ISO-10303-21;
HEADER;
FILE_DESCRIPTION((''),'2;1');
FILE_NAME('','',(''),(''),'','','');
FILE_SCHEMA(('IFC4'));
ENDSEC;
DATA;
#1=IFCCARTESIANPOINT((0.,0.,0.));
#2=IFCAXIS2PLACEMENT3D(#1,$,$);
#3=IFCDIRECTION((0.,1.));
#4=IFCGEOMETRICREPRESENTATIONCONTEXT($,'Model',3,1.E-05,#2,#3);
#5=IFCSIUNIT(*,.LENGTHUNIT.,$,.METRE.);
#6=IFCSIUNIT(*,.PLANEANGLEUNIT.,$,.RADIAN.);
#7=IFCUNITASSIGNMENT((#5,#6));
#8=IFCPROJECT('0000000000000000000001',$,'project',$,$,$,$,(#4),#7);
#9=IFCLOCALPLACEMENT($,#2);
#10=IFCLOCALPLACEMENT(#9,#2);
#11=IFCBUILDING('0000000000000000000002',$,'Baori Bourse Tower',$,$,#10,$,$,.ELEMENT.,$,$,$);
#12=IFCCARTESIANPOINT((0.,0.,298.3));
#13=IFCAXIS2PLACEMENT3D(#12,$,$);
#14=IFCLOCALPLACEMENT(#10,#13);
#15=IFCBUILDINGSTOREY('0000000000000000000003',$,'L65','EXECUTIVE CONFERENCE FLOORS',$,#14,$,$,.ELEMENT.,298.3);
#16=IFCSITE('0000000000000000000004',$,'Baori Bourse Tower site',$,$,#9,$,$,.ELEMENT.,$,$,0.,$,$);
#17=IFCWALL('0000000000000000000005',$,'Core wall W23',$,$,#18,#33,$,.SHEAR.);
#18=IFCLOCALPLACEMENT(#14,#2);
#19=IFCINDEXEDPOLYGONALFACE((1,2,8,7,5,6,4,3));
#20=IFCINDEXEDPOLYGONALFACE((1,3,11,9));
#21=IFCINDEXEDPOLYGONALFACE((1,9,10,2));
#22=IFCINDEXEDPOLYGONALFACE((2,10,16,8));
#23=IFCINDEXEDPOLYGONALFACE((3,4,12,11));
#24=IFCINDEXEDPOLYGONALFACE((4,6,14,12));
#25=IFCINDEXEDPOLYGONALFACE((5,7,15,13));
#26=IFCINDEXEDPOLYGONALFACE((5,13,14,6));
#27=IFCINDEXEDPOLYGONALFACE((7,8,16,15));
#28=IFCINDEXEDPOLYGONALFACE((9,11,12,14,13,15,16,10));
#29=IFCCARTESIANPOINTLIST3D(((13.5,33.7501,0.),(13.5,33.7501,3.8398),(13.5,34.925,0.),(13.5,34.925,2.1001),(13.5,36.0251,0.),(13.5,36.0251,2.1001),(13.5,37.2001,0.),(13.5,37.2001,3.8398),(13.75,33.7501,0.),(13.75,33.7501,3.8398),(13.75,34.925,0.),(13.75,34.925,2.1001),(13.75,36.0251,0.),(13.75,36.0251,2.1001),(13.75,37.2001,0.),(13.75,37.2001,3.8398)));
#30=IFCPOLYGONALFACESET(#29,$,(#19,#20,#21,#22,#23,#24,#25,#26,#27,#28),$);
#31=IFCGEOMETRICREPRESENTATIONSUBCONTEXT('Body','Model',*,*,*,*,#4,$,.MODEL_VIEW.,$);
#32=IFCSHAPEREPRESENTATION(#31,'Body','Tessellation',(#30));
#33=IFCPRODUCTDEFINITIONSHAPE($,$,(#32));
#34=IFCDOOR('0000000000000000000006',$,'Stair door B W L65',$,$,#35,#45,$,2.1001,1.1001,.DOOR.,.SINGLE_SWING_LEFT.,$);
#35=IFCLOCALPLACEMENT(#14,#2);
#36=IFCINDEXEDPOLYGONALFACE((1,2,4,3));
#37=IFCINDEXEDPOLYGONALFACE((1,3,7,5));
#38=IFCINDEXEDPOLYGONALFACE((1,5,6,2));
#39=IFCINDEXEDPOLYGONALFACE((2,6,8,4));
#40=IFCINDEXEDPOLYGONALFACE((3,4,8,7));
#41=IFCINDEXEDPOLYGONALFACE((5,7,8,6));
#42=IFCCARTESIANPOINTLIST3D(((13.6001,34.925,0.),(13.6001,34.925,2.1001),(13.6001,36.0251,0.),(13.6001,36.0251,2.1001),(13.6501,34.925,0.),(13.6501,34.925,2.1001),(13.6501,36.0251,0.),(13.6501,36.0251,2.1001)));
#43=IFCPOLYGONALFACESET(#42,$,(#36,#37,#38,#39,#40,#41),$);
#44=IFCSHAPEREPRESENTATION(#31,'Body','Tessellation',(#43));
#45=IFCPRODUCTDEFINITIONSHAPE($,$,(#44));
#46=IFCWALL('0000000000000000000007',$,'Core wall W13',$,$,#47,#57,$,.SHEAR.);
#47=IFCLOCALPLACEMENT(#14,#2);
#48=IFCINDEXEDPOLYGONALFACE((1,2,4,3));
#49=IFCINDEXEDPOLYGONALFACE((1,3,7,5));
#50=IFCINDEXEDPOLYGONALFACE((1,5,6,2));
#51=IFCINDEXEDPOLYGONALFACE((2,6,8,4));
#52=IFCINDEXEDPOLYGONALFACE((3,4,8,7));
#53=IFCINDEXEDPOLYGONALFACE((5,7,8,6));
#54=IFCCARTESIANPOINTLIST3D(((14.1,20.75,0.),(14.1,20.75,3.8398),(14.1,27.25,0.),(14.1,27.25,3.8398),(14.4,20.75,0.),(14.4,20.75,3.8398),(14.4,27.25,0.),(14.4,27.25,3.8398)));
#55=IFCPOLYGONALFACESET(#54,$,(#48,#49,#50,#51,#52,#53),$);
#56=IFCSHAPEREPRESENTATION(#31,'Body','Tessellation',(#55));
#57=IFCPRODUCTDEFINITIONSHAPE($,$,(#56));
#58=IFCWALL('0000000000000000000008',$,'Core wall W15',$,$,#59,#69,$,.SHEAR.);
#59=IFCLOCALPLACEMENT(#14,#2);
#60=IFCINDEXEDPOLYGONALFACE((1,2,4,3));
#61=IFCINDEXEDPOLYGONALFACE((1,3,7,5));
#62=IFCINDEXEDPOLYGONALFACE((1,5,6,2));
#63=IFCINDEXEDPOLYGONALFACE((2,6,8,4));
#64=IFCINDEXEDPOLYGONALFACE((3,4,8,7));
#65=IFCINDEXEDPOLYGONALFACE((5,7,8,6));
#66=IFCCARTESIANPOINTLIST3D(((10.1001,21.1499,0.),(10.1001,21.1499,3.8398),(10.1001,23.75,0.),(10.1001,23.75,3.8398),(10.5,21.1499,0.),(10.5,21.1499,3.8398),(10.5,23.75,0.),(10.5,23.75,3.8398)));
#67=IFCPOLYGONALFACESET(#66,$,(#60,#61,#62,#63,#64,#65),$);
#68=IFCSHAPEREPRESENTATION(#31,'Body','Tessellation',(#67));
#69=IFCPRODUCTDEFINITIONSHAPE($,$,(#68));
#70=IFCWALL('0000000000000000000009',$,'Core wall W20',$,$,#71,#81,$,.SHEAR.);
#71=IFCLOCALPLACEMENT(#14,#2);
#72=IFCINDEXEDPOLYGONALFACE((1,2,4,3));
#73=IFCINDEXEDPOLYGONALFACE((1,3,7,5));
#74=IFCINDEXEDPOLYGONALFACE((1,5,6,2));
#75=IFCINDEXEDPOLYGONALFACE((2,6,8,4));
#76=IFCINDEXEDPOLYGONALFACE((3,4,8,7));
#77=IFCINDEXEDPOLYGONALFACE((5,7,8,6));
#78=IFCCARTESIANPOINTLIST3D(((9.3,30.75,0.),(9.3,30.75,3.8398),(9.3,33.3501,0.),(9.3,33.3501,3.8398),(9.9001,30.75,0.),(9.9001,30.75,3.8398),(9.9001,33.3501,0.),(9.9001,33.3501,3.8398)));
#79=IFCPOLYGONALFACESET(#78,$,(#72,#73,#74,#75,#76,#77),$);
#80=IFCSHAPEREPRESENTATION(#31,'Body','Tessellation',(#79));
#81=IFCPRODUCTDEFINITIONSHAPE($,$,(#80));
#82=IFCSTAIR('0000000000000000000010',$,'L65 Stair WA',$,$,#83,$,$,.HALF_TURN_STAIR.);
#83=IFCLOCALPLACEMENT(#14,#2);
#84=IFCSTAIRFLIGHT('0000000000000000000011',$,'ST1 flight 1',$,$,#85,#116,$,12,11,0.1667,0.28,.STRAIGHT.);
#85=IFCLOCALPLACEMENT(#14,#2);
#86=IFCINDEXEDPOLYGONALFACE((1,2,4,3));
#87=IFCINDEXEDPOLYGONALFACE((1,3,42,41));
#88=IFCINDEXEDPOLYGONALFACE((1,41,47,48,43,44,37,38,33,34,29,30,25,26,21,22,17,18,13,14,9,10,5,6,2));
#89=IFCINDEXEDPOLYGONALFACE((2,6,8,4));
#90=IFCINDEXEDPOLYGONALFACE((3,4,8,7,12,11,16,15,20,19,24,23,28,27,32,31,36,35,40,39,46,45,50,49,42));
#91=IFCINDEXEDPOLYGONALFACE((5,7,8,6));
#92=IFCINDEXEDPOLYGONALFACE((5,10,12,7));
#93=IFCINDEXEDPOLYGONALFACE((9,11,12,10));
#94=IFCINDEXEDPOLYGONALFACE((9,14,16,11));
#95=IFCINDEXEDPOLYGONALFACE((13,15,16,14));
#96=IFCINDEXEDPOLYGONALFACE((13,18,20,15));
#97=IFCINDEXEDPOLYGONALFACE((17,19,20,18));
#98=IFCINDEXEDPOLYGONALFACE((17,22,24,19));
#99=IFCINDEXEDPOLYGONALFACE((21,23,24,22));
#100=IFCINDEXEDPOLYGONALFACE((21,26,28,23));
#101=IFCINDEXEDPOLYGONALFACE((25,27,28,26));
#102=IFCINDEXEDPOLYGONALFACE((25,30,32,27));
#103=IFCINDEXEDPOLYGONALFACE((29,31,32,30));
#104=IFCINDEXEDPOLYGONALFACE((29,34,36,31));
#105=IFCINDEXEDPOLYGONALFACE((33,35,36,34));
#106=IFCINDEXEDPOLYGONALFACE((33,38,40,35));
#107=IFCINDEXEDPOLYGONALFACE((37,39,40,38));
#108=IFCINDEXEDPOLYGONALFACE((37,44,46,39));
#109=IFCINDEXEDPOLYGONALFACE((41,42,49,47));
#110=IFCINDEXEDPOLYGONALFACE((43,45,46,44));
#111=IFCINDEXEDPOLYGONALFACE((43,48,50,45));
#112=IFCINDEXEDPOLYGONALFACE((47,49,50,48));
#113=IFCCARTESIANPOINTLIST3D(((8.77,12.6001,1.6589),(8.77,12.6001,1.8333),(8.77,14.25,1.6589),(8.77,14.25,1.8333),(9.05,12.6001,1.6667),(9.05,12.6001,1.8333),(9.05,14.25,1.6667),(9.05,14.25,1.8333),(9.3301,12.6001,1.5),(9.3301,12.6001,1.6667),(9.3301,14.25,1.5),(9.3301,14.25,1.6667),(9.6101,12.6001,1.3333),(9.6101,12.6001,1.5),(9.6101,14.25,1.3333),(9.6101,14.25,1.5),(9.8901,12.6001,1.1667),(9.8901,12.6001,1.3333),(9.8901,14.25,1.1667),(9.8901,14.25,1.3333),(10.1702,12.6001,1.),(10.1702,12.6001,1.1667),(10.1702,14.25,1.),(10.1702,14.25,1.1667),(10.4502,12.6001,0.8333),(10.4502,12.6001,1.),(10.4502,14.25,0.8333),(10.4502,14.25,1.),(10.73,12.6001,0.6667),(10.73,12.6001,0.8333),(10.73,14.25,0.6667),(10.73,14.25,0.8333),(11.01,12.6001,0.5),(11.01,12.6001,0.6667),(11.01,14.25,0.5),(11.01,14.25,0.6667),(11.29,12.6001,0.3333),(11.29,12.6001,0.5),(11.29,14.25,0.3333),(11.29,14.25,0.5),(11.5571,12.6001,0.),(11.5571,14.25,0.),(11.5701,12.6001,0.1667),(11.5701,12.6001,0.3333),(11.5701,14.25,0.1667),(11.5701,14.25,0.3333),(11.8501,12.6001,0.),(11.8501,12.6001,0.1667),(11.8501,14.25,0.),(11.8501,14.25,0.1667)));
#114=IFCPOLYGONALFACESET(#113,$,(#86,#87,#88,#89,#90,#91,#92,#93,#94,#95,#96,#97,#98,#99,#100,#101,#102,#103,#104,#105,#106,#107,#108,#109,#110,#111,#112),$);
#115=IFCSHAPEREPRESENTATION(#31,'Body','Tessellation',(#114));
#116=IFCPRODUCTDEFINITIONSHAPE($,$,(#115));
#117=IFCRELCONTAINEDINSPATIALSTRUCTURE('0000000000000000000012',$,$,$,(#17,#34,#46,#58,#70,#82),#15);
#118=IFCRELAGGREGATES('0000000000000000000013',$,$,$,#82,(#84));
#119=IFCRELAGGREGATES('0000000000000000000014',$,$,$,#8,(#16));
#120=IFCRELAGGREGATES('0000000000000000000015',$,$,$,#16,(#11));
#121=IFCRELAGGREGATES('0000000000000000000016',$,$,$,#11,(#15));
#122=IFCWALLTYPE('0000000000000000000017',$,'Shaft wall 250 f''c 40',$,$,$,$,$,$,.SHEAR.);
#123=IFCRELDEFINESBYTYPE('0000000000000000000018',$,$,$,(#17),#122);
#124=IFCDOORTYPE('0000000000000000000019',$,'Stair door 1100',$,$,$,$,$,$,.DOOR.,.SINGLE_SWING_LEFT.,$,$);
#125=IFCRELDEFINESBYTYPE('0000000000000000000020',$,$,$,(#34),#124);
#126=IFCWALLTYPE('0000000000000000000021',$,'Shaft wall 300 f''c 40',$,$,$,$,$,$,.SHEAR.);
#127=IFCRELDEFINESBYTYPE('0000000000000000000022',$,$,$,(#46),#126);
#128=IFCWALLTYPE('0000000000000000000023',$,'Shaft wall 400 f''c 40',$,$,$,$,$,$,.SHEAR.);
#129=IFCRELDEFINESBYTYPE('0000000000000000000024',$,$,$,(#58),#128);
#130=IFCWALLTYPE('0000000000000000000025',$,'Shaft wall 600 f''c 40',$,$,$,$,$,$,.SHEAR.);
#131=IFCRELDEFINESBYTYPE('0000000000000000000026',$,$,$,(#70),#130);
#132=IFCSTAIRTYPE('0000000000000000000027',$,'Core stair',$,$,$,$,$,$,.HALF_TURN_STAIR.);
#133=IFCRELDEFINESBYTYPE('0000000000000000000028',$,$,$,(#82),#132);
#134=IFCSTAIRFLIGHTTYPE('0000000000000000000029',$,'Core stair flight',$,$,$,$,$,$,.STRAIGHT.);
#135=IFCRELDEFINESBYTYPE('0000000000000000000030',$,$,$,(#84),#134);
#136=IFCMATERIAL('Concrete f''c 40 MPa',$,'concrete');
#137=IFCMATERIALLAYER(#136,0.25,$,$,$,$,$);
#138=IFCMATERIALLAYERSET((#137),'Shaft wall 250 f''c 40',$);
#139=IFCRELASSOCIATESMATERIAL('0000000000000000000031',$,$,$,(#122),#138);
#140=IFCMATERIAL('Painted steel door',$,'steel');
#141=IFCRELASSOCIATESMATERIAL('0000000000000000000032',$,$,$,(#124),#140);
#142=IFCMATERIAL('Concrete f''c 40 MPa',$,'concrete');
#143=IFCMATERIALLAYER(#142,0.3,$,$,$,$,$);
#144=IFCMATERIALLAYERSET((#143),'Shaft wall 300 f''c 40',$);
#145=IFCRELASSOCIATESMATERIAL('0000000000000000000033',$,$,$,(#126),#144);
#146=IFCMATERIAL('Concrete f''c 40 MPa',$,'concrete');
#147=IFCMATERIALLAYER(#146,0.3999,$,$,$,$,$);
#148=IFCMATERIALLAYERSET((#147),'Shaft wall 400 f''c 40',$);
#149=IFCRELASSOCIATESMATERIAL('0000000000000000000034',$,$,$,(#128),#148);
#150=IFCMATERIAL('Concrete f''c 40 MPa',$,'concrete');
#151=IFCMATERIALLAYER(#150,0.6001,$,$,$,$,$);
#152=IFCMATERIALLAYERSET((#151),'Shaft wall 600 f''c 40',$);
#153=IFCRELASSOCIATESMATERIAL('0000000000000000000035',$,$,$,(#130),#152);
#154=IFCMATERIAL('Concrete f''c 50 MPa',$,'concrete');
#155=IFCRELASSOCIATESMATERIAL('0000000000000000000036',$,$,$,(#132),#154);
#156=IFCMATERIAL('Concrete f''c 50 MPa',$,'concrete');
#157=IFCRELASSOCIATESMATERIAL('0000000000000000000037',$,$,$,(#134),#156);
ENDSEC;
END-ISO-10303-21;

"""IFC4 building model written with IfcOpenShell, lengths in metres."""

from ifc_helpers import new_model, si_unit, direction, frame, frame_2d, origin, place, context, subcontext, project, spatial, polyline, rectangle, outline, extrude, material, layer, layer_set, type_object, element, fill, aggregate, save


model = new_model("IFC4")

# Units and contexts
model_context = context("Model", 3, precision=1e-05, world=origin(), true_north=direction((0.0, 1.0)))
body_context = subcontext(model_context, "Body", "Model", "MODEL_VIEW")
ifc_project = project(units=[si_unit("LENGTHUNIT", "METRE"), si_unit("PLANEANGLEUNIT", "RADIAN")], contexts=[model_context])

# Site, building, storey
site_placement = place(None, origin())
site = spatial("IfcSite", under=ifc_project, at=site_placement, Name="Baori Bourse Tower site", CompositionType="ELEMENT", RefElevation=0.0)
building_placement = place(site_placement, origin())
building = spatial("IfcBuilding", under=site, at=building_placement, Name="Baori Bourse Tower", CompositionType="ELEMENT")
storey_placement = place(building_placement, frame((0.0, 0.0, 298.3)))
storey = spatial("IfcBuildingStorey", under=building, at=storey_placement, Name="L65", Description="EXECUTIVE CONFERENCE FLOORS", CompositionType="ELEMENT", Elevation=298.3)

# Wall, opening, door
ifc_material_1 = material(Name="Concrete f'c 40 MPa", Category="concrete")
ifc_layer_1 = layer(ifc_material_1, 0.25)
ifc_layer_set_1 = layer_set([ifc_layer_1], Name="Shaft wall 250 f'c 40")
wall_type_1 = type_object("IfcWallType", Name="Shaft wall 250 f'c 40", PredefinedType="SHEAR", material=ifc_layer_set_1)
wall_1_placement = place(storey_placement, frame((13.625, 33.75, 0.0), z_axis=(0.0, 0.0, 1.0), x_axis=(0.0, 1.0, 0.0)))
wall_1 = element("IfcWall", 1, at=wall_1_placement, inside=storey, type_object=wall_type_1, Name="Core wall W23", PredefinedType="SHEAR", context=body_context, shape_type="SweptSolid", body=[
    extrude(rectangle(XDim=3.45, YDim=0.25, at=frame_2d((1.7251, 0.0))), origin(), (0.0, 0.0, 1.0), 3.8398),
])
opening_placement = place(wall_1_placement, frame((1.175, 0.0, 0.0)))
opening = element("IfcOpeningElement", 2, at=opening_placement, cuts=wall_1, PredefinedType="OPENING", context=body_context, shape_type="SweptSolid", body=[
    extrude(rectangle(XDim=1.1001, YDim=2.1001, at=frame_2d((0.55, 1.05))), frame((0.0, 0.135, 0.0), z_axis=(0.0, -1.0, 0.0), x_axis=(1.0, 0.0, 0.0)), (0.0, 0.0, 1.0), 0.27),
])
ifc_material_2 = material(Name="Painted steel door", Category="steel")
door_type = type_object("IfcDoorType", Name="Stair door 1100", OperationType="SINGLE_SWING_LEFT", PredefinedType="DOOR", material=ifc_material_2)
door_placement = place(opening_placement, origin())
door = element("IfcDoor", 3, at=door_placement, inside=storey, type_object=door_type, Name="Stair door B W L65", OperationType="SINGLE_SWING_LEFT", OverallHeight=2.1001, OverallWidth=1.1001, PredefinedType="DOOR", context=body_context, shape_type="SweptSolid", body=[
    extrude(rectangle(XDim=1.1001, YDim=2.1001, at=frame_2d((0.55, 1.05))), frame((0.0, 0.0249, 0.0), z_axis=(0.0, -1.0, 0.0), x_axis=(1.0, 0.0, 0.0)), (0.0, 0.0, 1.0), 0.05),
])
fill(opening, door)

# Walls
ifc_material_3 = material(Name="Concrete f'c 40 MPa", Category="concrete")
ifc_layer_2 = layer(ifc_material_3, 0.3)
ifc_layer_set_2 = layer_set([ifc_layer_2], Name="Shaft wall 300 f'c 40")
wall_type_2 = type_object("IfcWallType", Name="Shaft wall 300 f'c 40", PredefinedType="SHEAR", material=ifc_layer_set_2)
wall_2_placement = place(storey_placement, frame((14.25, 20.75, 0.0), z_axis=(0.0, 0.0, 1.0), x_axis=(0.0, 1.0, 0.0)))
element("IfcWall", 4, at=wall_2_placement, inside=storey, type_object=wall_type_2, Name="Core wall W13", PredefinedType="SHEAR", context=body_context, shape_type="SweptSolid", body=[
    extrude(rectangle(XDim=6.5, YDim=0.3, at=frame_2d((3.25, 0.0))), origin(), (0.0, 0.0, 1.0), 3.8398),
])
ifc_material_4 = material(Name="Concrete f'c 40 MPa", Category="concrete")
ifc_layer_3 = layer(ifc_material_4, 0.3999)
ifc_layer_set_3 = layer_set([ifc_layer_3], Name="Shaft wall 400 f'c 40")
wall_type_3 = type_object("IfcWallType", Name="Shaft wall 400 f'c 40", PredefinedType="SHEAR", material=ifc_layer_set_3)
wall_3_placement = place(storey_placement, frame((10.3, 21.1499, 0.0), z_axis=(0.0, 0.0, 1.0), x_axis=(0.0, 1.0, 0.0)))
element("IfcWall", 5, at=wall_3_placement, inside=storey, type_object=wall_type_3, Name="Core wall W15", PredefinedType="SHEAR", context=body_context, shape_type="SweptSolid", body=[
    extrude(rectangle(XDim=2.6001, YDim=0.3999, at=frame_2d((1.3, 0.0))), origin(), (0.0, 0.0, 1.0), 3.8398),
])
ifc_material_5 = material(Name="Concrete f'c 40 MPa", Category="concrete")
ifc_layer_4 = layer(ifc_material_5, 0.6001)
ifc_layer_set_4 = layer_set([ifc_layer_4], Name="Shaft wall 600 f'c 40")
wall_type_4 = type_object("IfcWallType", Name="Shaft wall 600 f'c 40", PredefinedType="SHEAR", material=ifc_layer_set_4)
wall_4_placement = place(storey_placement, frame((9.6001, 30.75, 0.0), z_axis=(0.0, 0.0, 1.0), x_axis=(0.0, 1.0, 0.0)))
element("IfcWall", 6, at=wall_4_placement, inside=storey, type_object=wall_type_4, Name="Core wall W20", PredefinedType="SHEAR", context=body_context, shape_type="SweptSolid", body=[
    extrude(rectangle(XDim=2.6001, YDim=0.6001, at=frame_2d((1.3, 0.0))), origin(), (0.0, 0.0, 1.0), 3.8398),
])

# Stair, stair flight
ifc_material_6 = material(Name="Concrete f'c 50 MPa", Category="concrete")
stair_type = type_object("IfcStairType", Name="Core stair", PredefinedType="HALF_TURN_STAIR", material=ifc_material_6)
stair_placement = place(storey_placement, origin())
stair = element("IfcStair", 7, at=stair_placement, inside=storey, type_object=stair_type, Name="L65 Stair WA", PredefinedType="HALF_TURN_STAIR")
ifc_material_7 = material(Name="Concrete f'c 50 MPa", Category="concrete")
stair_flight_type = type_object("IfcStairFlightType", Name="Core stair flight", PredefinedType="STRAIGHT", material=ifc_material_7)
stair_flight_placement = place(storey_placement, frame((11.8501, 13.425, 0.0), z_axis=(0.0, 0.0, 1.0), x_axis=(-1.0, 0.0, 0.0)))
stair_flight = element("IfcStairFlight", 8, at=stair_flight_placement, type_object=stair_flight_type, Name="ST1 flight 1", NumberOfRisers=12, NumberOfTreads=11, PredefinedType="STRAIGHT", RiserHeight=0.1667, TreadLength=0.28, context=body_context, shape_type="SweptSolid", body=[
    extrude(outline(polyline([(0.0, 0.0), (0.0, 0.1667), (0.28, 0.1667), (0.28, 0.3333), (0.5601, 0.3333), (0.5601, 0.5), (0.8401, 0.5), (0.8401, 0.6667), (1.1201, 0.6667), (1.1201, 0.8333), (1.3999, 0.8333), (1.3999, 1.0), (1.6799, 1.0), (1.6799, 1.1667), (1.96, 1.1667), (1.96, 1.3333), (2.24, 1.3333), (2.24, 1.5), (2.52, 1.5), (2.52, 1.6667), (2.8, 1.6667), (2.8, 1.8333), (3.0801, 1.8333), (3.0801, 2.0), (3.0801, 1.6589), (0.293, 0.0), (0.0, 0.0)])), frame((0.0, 0.825, 0.0), z_axis=(0.0, -1.0, 0.0), x_axis=(1.0, 0.0, 0.0)), (0.0, 0.0, 1.0), 1.6499),
])
aggregate(stair, [stair_flight])

save(model, "model.ifc")
